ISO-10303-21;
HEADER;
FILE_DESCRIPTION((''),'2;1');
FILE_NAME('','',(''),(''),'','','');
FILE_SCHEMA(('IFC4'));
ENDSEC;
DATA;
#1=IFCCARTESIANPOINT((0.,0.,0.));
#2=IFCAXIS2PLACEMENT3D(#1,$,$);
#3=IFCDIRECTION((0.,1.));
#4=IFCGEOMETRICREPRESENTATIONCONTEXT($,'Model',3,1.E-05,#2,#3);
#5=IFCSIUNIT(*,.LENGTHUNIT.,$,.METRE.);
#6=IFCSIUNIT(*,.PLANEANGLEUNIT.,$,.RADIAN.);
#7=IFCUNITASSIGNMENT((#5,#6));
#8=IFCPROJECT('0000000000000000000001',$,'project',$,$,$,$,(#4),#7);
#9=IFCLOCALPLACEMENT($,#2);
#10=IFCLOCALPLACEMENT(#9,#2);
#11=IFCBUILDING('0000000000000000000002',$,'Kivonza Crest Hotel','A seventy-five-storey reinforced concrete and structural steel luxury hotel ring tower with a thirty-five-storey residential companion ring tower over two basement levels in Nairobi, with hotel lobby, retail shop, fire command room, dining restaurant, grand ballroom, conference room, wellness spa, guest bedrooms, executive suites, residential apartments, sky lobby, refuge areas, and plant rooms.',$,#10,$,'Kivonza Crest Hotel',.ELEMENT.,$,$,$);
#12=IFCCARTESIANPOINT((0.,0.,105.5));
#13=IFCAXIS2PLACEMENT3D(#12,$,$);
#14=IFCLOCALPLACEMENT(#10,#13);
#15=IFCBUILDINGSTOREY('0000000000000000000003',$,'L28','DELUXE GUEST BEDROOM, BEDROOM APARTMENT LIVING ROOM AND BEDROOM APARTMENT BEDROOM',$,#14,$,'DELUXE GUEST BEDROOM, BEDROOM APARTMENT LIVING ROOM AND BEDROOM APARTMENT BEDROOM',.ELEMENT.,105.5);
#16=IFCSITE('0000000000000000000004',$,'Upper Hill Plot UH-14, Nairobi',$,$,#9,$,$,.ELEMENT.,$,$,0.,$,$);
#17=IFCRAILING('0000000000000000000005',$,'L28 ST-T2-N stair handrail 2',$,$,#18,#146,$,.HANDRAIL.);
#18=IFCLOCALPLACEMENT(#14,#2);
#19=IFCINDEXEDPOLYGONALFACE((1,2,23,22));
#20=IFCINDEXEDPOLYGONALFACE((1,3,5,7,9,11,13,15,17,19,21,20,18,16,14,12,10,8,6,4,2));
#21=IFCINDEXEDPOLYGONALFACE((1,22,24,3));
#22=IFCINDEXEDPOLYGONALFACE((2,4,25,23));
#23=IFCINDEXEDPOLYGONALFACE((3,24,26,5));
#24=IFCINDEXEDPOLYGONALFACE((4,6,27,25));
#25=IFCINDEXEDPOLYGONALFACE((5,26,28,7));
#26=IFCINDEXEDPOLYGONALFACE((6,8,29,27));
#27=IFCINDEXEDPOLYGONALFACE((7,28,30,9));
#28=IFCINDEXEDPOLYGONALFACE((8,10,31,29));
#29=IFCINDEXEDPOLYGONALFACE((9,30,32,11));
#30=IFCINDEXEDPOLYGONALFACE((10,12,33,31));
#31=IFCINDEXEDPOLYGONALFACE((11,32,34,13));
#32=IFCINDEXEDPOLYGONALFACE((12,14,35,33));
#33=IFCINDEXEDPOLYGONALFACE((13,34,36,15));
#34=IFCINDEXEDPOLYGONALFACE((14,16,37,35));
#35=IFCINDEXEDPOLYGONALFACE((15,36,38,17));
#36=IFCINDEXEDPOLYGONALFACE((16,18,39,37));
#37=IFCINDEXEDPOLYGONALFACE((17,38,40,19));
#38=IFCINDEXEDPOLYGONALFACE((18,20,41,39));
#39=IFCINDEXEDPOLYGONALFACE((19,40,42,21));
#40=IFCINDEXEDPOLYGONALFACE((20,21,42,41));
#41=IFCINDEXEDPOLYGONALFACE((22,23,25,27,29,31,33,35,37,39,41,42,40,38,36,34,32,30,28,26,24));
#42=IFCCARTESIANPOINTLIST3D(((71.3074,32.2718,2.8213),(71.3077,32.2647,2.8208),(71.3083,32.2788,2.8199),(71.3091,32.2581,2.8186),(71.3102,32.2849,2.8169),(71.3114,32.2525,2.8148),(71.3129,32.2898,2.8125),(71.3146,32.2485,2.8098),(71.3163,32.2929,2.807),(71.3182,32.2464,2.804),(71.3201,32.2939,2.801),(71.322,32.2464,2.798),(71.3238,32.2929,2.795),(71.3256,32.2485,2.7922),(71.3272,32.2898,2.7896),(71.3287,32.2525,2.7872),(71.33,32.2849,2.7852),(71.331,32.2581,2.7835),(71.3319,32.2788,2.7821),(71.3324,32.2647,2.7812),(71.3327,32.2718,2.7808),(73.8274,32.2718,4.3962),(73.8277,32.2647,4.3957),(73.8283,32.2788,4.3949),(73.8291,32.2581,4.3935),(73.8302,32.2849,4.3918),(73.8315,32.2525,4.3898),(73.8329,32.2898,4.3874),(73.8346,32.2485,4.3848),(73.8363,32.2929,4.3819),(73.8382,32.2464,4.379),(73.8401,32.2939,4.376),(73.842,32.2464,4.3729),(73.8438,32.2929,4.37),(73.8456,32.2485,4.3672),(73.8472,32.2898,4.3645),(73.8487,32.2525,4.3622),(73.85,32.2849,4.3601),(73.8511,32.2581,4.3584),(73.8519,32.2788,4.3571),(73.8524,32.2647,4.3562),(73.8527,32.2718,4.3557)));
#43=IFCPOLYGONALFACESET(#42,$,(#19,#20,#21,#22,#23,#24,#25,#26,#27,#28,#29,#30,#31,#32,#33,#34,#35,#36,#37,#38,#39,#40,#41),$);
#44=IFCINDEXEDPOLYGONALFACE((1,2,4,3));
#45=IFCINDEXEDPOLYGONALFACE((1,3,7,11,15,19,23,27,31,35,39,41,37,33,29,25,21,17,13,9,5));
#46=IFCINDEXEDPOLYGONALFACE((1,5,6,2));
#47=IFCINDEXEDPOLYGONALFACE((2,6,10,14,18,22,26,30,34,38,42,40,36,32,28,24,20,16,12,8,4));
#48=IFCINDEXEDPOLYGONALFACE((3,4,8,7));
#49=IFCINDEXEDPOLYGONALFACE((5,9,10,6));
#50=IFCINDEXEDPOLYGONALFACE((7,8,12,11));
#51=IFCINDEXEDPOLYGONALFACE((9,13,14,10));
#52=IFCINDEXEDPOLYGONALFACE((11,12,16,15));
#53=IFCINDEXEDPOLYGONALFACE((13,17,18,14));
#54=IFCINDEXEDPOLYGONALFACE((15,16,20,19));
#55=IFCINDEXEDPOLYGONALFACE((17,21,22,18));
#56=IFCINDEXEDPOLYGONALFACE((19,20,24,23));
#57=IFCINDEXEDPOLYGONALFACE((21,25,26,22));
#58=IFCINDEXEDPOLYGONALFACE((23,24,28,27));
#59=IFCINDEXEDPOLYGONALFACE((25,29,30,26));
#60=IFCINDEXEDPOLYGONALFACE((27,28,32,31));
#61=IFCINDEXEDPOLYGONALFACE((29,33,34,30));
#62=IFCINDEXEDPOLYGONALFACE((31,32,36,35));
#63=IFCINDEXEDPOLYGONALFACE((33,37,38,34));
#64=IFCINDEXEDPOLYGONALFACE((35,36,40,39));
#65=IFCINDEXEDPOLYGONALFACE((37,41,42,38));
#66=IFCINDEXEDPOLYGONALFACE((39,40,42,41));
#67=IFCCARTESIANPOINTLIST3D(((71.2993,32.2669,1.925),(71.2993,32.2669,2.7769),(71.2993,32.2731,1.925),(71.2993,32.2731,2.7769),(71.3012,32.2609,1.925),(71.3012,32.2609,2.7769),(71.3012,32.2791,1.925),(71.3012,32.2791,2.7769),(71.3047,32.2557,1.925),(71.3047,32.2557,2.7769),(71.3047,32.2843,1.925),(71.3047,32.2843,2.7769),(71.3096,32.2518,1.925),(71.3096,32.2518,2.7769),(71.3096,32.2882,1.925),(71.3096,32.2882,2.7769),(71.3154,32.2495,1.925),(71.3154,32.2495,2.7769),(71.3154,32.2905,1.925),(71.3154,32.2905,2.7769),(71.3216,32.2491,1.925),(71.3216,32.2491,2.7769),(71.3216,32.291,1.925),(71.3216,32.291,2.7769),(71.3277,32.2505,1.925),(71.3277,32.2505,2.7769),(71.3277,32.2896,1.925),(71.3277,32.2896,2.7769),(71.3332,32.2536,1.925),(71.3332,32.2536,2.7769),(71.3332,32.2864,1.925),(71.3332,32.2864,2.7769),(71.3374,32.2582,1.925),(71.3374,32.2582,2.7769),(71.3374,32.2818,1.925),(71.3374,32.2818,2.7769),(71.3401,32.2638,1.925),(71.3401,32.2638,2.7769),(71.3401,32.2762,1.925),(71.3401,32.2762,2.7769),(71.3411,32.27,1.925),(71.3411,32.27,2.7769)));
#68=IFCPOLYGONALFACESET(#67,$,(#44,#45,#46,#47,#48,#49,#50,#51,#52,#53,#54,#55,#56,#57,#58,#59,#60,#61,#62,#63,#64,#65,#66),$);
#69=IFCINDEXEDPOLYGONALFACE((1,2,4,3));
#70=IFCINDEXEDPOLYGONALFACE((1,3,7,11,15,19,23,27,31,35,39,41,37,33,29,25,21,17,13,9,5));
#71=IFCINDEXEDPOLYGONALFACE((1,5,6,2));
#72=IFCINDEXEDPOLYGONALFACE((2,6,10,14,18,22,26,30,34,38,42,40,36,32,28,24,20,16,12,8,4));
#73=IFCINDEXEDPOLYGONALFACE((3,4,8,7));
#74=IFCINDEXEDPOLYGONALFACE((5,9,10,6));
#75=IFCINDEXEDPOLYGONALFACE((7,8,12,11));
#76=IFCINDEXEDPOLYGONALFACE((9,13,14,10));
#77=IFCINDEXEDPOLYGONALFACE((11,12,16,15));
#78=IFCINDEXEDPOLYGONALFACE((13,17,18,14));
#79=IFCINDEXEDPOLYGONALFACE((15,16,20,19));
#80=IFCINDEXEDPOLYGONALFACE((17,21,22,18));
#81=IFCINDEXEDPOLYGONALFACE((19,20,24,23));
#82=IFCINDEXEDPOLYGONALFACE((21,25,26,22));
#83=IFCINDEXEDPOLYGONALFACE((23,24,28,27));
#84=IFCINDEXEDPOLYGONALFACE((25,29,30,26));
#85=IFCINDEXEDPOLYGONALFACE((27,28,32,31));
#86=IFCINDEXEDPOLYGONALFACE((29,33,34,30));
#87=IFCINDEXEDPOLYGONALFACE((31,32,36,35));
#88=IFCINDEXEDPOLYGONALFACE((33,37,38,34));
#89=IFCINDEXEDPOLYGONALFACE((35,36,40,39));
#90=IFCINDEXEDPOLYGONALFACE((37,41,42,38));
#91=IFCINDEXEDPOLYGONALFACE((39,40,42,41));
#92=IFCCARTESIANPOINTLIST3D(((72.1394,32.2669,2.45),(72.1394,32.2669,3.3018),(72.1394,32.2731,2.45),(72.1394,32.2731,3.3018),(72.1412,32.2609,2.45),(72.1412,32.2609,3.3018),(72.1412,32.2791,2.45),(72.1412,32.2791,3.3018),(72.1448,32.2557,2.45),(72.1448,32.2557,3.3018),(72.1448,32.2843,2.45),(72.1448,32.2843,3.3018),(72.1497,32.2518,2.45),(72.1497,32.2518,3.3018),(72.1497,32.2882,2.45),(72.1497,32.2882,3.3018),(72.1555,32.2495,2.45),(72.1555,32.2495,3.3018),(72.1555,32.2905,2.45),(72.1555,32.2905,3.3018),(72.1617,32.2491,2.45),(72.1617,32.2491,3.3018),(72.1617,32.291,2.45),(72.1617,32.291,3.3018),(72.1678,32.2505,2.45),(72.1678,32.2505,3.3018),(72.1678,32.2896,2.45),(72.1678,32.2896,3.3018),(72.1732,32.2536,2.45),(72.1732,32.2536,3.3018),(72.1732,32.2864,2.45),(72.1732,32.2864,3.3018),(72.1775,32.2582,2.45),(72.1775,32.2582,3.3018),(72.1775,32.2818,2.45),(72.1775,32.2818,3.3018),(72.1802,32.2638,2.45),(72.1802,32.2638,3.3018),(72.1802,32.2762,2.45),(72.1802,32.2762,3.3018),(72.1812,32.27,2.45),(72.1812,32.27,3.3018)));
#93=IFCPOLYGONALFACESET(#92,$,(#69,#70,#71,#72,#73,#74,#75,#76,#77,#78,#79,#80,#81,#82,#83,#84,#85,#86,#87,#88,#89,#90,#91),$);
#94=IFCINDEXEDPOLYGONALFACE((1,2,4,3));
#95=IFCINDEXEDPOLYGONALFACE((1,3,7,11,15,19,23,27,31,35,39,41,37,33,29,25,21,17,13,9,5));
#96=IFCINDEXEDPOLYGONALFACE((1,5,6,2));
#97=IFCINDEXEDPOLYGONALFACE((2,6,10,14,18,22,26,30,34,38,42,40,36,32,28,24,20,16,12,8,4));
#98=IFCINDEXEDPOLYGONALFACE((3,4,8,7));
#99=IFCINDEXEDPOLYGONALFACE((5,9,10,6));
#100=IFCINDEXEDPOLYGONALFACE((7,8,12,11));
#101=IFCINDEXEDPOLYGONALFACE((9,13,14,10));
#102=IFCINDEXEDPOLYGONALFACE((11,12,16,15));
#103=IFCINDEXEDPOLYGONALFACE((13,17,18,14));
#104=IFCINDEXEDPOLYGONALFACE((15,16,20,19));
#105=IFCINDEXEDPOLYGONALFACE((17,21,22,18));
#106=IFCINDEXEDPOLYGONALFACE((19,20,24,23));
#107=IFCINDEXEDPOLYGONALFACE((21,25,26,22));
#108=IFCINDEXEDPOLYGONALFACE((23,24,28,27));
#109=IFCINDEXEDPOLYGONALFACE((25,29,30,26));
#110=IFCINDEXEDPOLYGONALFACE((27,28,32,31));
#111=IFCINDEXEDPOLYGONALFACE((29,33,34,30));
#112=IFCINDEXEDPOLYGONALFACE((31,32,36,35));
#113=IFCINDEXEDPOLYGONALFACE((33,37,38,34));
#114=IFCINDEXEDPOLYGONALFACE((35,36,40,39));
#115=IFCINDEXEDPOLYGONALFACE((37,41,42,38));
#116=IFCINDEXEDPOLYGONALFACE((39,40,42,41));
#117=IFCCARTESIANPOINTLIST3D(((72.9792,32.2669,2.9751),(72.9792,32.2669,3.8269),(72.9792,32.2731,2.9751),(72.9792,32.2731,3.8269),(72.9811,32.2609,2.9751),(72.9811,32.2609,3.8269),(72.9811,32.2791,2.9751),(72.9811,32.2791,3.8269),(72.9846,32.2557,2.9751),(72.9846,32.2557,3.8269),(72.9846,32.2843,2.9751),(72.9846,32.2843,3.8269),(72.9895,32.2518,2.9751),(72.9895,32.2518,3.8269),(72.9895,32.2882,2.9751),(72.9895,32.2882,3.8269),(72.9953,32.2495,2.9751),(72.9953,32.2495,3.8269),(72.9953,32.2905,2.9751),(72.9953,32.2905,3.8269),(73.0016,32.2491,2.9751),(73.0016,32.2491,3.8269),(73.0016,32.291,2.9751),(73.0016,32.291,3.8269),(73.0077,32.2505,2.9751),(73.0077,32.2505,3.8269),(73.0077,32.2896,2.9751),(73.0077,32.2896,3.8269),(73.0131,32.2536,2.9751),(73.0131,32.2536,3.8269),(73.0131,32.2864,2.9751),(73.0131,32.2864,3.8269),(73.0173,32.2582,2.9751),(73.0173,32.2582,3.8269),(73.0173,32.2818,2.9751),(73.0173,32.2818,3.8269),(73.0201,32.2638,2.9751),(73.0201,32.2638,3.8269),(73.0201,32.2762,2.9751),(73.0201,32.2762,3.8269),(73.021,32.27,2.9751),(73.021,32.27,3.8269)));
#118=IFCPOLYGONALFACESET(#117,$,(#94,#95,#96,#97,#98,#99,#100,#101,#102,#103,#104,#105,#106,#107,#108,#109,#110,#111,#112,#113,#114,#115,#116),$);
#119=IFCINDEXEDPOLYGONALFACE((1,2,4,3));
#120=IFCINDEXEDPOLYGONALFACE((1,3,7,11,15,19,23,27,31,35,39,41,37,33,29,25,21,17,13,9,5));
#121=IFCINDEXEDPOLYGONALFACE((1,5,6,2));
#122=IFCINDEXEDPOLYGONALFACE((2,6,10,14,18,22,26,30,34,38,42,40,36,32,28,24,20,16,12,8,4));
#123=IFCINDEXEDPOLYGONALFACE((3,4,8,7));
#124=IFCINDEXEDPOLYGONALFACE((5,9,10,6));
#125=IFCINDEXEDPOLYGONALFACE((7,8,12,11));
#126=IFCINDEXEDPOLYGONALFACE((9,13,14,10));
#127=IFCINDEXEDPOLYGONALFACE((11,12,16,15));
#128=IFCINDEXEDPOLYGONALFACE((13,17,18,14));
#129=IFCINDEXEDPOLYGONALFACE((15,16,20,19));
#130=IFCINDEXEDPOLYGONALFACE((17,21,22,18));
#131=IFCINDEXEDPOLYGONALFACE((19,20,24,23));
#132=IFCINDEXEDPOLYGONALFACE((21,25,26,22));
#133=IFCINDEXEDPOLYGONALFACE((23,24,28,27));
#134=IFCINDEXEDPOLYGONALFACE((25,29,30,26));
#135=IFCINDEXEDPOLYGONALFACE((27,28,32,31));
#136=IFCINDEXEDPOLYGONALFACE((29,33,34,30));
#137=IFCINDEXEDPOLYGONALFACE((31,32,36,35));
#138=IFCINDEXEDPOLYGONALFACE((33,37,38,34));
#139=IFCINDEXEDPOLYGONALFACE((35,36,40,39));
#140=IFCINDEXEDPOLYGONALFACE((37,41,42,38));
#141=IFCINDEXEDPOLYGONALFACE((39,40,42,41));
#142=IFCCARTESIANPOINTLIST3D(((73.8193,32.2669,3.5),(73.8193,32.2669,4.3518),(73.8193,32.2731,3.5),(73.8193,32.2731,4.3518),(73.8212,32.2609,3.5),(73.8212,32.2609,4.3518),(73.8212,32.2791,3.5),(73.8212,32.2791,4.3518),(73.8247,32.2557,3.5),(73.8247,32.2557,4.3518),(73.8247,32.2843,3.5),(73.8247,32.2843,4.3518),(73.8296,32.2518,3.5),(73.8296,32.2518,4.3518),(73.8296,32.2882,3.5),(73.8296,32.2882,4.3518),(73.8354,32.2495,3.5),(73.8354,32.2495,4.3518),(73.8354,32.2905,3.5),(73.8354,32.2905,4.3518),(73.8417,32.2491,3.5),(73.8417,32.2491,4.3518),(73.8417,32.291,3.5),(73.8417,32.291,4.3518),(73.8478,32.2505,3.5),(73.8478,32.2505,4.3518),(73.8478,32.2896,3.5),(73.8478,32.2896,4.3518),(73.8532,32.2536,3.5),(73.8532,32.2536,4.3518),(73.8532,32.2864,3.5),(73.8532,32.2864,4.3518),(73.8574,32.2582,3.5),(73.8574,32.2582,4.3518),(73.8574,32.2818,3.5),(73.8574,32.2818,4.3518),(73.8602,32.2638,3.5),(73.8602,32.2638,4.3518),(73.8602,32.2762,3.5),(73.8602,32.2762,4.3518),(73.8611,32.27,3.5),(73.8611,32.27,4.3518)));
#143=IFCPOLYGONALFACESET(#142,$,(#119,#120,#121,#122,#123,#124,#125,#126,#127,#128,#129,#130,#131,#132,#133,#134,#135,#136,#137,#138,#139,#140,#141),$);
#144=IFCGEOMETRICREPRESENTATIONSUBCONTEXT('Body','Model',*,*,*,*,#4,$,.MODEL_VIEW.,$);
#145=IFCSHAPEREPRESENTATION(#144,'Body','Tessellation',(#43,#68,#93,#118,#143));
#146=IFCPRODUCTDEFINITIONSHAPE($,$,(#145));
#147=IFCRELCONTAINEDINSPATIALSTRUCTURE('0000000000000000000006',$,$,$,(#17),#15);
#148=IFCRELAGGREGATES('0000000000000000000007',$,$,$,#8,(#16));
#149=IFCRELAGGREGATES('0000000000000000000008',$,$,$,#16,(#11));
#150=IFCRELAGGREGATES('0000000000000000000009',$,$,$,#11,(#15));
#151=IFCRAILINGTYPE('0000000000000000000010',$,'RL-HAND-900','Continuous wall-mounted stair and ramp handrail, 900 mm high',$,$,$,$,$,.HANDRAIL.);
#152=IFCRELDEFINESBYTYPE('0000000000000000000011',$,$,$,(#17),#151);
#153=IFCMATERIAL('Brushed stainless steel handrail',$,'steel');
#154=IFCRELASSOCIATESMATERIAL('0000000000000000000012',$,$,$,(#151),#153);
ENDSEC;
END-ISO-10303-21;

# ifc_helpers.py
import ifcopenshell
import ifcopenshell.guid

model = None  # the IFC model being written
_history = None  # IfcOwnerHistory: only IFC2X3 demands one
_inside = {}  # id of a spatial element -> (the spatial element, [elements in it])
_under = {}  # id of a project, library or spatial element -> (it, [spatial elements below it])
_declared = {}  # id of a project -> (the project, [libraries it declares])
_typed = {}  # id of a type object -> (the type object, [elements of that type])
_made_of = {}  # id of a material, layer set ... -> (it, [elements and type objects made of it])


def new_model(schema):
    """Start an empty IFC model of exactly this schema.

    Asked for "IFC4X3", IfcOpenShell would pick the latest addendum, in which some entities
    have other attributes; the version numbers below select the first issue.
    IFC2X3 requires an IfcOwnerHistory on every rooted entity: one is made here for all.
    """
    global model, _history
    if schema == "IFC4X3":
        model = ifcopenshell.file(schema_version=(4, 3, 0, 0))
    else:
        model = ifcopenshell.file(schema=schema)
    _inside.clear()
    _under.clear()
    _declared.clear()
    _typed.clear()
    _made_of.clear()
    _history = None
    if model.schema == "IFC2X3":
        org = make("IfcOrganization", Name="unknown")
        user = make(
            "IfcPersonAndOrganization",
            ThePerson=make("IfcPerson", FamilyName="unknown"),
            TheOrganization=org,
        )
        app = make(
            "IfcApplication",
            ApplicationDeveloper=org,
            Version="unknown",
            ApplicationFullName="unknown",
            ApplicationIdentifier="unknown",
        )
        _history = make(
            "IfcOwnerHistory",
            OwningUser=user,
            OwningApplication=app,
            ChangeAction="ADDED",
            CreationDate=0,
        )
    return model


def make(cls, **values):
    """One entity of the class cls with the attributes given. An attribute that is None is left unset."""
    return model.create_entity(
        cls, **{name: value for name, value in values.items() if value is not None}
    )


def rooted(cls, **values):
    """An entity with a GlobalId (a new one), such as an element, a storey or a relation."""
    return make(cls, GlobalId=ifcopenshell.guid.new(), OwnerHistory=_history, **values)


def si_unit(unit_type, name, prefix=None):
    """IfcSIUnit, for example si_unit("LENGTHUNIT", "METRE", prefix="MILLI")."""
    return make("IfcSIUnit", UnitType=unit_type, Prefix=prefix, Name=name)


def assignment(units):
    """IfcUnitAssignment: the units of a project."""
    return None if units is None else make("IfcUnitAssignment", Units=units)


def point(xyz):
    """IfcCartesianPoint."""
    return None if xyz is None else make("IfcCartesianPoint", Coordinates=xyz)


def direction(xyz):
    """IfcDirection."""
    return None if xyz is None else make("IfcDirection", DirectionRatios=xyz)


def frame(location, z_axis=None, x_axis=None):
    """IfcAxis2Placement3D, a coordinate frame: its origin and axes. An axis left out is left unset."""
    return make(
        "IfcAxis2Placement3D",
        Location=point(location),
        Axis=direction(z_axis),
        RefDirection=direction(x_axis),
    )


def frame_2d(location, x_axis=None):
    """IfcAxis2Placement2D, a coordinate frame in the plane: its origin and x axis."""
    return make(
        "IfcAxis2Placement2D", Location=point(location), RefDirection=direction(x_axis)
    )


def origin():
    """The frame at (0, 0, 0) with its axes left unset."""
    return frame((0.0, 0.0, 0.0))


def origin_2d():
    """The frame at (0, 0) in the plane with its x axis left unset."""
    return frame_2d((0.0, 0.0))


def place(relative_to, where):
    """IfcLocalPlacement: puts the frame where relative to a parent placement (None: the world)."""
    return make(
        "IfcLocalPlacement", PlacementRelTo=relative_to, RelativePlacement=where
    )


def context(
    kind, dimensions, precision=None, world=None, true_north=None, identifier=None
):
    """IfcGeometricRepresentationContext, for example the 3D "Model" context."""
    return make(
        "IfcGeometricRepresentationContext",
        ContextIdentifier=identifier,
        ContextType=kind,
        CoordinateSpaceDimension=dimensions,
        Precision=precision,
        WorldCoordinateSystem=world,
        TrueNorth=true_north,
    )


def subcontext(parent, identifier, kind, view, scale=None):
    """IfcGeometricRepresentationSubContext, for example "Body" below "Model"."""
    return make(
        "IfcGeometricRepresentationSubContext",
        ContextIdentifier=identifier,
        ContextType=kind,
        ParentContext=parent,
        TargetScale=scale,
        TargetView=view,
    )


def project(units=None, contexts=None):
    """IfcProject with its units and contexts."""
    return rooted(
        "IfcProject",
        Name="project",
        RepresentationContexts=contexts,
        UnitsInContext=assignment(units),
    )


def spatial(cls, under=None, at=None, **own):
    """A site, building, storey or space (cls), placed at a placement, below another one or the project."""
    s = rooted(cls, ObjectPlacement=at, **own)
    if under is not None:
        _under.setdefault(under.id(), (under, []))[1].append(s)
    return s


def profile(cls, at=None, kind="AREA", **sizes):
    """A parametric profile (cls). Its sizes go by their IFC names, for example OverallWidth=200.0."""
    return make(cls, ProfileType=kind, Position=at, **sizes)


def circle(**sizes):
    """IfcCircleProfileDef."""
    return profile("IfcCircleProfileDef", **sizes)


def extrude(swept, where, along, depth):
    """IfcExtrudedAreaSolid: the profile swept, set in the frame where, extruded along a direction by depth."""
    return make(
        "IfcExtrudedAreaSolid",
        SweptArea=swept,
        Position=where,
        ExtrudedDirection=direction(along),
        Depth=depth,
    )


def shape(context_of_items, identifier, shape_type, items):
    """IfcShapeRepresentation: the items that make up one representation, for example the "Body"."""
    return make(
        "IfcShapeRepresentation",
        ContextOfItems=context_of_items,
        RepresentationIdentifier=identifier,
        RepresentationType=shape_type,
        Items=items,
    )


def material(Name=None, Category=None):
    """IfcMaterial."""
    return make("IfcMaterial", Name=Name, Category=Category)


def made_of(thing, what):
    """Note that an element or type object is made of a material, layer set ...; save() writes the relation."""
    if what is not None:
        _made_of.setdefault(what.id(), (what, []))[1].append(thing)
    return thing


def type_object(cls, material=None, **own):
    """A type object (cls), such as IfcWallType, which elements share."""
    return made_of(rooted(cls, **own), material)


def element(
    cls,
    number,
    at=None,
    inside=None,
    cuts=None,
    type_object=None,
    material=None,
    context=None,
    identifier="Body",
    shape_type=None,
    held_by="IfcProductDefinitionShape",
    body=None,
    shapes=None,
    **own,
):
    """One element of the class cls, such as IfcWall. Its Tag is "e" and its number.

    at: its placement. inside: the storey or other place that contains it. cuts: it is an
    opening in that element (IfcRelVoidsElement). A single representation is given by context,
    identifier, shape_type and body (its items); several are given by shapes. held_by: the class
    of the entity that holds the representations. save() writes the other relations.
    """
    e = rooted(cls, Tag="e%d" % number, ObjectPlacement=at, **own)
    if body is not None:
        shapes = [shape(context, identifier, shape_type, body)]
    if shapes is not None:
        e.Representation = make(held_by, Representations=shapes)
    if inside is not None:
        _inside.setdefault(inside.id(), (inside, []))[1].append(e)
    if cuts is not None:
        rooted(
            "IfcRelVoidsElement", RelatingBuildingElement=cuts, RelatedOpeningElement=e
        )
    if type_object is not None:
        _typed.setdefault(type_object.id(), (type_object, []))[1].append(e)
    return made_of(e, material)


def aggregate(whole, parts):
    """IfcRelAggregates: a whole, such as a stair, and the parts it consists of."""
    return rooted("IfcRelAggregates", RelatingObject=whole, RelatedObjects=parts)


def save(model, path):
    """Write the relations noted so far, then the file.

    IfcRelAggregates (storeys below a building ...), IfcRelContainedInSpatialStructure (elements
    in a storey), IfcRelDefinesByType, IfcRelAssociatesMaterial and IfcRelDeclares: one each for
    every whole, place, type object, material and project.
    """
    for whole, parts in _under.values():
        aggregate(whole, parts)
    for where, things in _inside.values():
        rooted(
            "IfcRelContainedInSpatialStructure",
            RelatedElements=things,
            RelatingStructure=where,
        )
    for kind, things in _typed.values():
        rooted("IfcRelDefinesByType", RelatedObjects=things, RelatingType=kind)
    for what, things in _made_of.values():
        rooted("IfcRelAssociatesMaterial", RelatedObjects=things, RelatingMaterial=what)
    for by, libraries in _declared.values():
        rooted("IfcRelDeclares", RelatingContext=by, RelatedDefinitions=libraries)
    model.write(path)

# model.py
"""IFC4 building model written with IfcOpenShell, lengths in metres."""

from ifc_helpers import new_model, si_unit, direction, frame, origin, origin_2d, place, context, subcontext, project, spatial, circle, extrude, material, type_object, element, save


model = new_model("IFC4")

# Units and contexts
model_context = context("Model", 3, precision=1e-05, world=origin(), true_north=direction((0.0, 1.0)))
body_context = subcontext(model_context, "Body", "Model", "MODEL_VIEW")
ifc_project = project(units=[si_unit("LENGTHUNIT", "METRE"), si_unit("PLANEANGLEUNIT", "RADIAN")], contexts=[model_context])

# Site, building, storey
site_placement = place(None, origin())
site = spatial("IfcSite", under=ifc_project, at=site_placement, Name="Upper Hill Plot UH-14, Nairobi", CompositionType="ELEMENT", RefElevation=0.0)
building_placement = place(site_placement, origin())
building = spatial("IfcBuilding", under=site, at=building_placement, Name="Kivonza Crest Hotel", Description="A seventy-five-storey reinforced concrete and structural steel luxury hotel ring tower with a thirty-five-storey residential companion ring tower over two basement levels in Nairobi, with hotel lobby, retail shop, fire command room, dining restaurant, grand ballroom, conference room, wellness spa, guest bedrooms, executive suites, residential apartments, sky lobby, refuge areas, and plant rooms.", LongName="Kivonza Crest Hotel", CompositionType="ELEMENT")
storey_placement = place(building_placement, frame((0.0, 0.0, 105.5)))
storey = spatial("IfcBuildingStorey", under=building, at=storey_placement, Name="L28", Description="DELUXE GUEST BEDROOM, BEDROOM APARTMENT LIVING ROOM AND BEDROOM APARTMENT BEDROOM", LongName="DELUXE GUEST BEDROOM, BEDROOM APARTMENT LIVING ROOM AND BEDROOM APARTMENT BEDROOM", CompositionType="ELEMENT", Elevation=105.5)

# Railing
ifc_material_1 = material(Name="Brushed stainless steel handrail", Category="steel")
railing_type_1 = type_object("IfcRailingType", Name="RL-HAND-900", Description="Continuous wall-mounted stair and ramp handrail, 900 mm high", PredefinedType="HANDRAIL", material=ifc_material_1)
railing_1_placement = place(storey_placement, frame((71.3201, 32.27, 1.925)))
element("IfcRailing", 1, at=railing_1_placement, inside=storey, type_object=railing_type_1, Name="L28 ST-T2-N stair handrail 2", PredefinedType="HANDRAIL", context=body_context, shape_type="SweptSolid", body=[
    extrude(circle(Radius=0.0239, at=origin_2d()), frame((0.0, 0.0, 0.876), z_axis=(0.848008, 0.0, 0.529984), x_axis=(0.0, 1.0, 0.0)), (0.0, 0.0, 1.0), 2.9717),
    extrude(circle(Radius=0.021, at=origin_2d()), origin(), (0.0, 0.0, 1.0), 0.8518),
    extrude(circle(Radius=0.021, at=origin_2d()), frame((0.8401, 0.0, 0.5249)), (0.0, 0.0, 1.0), 0.8518),
    extrude(circle(Radius=0.021, at=origin_2d()), frame((1.6799, 0.0, 1.05)), (0.0, 0.0, 1.0), 0.8518),
    extrude(circle(Radius=0.021, at=origin_2d()), frame((2.52, 0.0, 1.575)), (0.0, 0.0, 1.0), 0.8518),
])

save(model, "model.ifc")
